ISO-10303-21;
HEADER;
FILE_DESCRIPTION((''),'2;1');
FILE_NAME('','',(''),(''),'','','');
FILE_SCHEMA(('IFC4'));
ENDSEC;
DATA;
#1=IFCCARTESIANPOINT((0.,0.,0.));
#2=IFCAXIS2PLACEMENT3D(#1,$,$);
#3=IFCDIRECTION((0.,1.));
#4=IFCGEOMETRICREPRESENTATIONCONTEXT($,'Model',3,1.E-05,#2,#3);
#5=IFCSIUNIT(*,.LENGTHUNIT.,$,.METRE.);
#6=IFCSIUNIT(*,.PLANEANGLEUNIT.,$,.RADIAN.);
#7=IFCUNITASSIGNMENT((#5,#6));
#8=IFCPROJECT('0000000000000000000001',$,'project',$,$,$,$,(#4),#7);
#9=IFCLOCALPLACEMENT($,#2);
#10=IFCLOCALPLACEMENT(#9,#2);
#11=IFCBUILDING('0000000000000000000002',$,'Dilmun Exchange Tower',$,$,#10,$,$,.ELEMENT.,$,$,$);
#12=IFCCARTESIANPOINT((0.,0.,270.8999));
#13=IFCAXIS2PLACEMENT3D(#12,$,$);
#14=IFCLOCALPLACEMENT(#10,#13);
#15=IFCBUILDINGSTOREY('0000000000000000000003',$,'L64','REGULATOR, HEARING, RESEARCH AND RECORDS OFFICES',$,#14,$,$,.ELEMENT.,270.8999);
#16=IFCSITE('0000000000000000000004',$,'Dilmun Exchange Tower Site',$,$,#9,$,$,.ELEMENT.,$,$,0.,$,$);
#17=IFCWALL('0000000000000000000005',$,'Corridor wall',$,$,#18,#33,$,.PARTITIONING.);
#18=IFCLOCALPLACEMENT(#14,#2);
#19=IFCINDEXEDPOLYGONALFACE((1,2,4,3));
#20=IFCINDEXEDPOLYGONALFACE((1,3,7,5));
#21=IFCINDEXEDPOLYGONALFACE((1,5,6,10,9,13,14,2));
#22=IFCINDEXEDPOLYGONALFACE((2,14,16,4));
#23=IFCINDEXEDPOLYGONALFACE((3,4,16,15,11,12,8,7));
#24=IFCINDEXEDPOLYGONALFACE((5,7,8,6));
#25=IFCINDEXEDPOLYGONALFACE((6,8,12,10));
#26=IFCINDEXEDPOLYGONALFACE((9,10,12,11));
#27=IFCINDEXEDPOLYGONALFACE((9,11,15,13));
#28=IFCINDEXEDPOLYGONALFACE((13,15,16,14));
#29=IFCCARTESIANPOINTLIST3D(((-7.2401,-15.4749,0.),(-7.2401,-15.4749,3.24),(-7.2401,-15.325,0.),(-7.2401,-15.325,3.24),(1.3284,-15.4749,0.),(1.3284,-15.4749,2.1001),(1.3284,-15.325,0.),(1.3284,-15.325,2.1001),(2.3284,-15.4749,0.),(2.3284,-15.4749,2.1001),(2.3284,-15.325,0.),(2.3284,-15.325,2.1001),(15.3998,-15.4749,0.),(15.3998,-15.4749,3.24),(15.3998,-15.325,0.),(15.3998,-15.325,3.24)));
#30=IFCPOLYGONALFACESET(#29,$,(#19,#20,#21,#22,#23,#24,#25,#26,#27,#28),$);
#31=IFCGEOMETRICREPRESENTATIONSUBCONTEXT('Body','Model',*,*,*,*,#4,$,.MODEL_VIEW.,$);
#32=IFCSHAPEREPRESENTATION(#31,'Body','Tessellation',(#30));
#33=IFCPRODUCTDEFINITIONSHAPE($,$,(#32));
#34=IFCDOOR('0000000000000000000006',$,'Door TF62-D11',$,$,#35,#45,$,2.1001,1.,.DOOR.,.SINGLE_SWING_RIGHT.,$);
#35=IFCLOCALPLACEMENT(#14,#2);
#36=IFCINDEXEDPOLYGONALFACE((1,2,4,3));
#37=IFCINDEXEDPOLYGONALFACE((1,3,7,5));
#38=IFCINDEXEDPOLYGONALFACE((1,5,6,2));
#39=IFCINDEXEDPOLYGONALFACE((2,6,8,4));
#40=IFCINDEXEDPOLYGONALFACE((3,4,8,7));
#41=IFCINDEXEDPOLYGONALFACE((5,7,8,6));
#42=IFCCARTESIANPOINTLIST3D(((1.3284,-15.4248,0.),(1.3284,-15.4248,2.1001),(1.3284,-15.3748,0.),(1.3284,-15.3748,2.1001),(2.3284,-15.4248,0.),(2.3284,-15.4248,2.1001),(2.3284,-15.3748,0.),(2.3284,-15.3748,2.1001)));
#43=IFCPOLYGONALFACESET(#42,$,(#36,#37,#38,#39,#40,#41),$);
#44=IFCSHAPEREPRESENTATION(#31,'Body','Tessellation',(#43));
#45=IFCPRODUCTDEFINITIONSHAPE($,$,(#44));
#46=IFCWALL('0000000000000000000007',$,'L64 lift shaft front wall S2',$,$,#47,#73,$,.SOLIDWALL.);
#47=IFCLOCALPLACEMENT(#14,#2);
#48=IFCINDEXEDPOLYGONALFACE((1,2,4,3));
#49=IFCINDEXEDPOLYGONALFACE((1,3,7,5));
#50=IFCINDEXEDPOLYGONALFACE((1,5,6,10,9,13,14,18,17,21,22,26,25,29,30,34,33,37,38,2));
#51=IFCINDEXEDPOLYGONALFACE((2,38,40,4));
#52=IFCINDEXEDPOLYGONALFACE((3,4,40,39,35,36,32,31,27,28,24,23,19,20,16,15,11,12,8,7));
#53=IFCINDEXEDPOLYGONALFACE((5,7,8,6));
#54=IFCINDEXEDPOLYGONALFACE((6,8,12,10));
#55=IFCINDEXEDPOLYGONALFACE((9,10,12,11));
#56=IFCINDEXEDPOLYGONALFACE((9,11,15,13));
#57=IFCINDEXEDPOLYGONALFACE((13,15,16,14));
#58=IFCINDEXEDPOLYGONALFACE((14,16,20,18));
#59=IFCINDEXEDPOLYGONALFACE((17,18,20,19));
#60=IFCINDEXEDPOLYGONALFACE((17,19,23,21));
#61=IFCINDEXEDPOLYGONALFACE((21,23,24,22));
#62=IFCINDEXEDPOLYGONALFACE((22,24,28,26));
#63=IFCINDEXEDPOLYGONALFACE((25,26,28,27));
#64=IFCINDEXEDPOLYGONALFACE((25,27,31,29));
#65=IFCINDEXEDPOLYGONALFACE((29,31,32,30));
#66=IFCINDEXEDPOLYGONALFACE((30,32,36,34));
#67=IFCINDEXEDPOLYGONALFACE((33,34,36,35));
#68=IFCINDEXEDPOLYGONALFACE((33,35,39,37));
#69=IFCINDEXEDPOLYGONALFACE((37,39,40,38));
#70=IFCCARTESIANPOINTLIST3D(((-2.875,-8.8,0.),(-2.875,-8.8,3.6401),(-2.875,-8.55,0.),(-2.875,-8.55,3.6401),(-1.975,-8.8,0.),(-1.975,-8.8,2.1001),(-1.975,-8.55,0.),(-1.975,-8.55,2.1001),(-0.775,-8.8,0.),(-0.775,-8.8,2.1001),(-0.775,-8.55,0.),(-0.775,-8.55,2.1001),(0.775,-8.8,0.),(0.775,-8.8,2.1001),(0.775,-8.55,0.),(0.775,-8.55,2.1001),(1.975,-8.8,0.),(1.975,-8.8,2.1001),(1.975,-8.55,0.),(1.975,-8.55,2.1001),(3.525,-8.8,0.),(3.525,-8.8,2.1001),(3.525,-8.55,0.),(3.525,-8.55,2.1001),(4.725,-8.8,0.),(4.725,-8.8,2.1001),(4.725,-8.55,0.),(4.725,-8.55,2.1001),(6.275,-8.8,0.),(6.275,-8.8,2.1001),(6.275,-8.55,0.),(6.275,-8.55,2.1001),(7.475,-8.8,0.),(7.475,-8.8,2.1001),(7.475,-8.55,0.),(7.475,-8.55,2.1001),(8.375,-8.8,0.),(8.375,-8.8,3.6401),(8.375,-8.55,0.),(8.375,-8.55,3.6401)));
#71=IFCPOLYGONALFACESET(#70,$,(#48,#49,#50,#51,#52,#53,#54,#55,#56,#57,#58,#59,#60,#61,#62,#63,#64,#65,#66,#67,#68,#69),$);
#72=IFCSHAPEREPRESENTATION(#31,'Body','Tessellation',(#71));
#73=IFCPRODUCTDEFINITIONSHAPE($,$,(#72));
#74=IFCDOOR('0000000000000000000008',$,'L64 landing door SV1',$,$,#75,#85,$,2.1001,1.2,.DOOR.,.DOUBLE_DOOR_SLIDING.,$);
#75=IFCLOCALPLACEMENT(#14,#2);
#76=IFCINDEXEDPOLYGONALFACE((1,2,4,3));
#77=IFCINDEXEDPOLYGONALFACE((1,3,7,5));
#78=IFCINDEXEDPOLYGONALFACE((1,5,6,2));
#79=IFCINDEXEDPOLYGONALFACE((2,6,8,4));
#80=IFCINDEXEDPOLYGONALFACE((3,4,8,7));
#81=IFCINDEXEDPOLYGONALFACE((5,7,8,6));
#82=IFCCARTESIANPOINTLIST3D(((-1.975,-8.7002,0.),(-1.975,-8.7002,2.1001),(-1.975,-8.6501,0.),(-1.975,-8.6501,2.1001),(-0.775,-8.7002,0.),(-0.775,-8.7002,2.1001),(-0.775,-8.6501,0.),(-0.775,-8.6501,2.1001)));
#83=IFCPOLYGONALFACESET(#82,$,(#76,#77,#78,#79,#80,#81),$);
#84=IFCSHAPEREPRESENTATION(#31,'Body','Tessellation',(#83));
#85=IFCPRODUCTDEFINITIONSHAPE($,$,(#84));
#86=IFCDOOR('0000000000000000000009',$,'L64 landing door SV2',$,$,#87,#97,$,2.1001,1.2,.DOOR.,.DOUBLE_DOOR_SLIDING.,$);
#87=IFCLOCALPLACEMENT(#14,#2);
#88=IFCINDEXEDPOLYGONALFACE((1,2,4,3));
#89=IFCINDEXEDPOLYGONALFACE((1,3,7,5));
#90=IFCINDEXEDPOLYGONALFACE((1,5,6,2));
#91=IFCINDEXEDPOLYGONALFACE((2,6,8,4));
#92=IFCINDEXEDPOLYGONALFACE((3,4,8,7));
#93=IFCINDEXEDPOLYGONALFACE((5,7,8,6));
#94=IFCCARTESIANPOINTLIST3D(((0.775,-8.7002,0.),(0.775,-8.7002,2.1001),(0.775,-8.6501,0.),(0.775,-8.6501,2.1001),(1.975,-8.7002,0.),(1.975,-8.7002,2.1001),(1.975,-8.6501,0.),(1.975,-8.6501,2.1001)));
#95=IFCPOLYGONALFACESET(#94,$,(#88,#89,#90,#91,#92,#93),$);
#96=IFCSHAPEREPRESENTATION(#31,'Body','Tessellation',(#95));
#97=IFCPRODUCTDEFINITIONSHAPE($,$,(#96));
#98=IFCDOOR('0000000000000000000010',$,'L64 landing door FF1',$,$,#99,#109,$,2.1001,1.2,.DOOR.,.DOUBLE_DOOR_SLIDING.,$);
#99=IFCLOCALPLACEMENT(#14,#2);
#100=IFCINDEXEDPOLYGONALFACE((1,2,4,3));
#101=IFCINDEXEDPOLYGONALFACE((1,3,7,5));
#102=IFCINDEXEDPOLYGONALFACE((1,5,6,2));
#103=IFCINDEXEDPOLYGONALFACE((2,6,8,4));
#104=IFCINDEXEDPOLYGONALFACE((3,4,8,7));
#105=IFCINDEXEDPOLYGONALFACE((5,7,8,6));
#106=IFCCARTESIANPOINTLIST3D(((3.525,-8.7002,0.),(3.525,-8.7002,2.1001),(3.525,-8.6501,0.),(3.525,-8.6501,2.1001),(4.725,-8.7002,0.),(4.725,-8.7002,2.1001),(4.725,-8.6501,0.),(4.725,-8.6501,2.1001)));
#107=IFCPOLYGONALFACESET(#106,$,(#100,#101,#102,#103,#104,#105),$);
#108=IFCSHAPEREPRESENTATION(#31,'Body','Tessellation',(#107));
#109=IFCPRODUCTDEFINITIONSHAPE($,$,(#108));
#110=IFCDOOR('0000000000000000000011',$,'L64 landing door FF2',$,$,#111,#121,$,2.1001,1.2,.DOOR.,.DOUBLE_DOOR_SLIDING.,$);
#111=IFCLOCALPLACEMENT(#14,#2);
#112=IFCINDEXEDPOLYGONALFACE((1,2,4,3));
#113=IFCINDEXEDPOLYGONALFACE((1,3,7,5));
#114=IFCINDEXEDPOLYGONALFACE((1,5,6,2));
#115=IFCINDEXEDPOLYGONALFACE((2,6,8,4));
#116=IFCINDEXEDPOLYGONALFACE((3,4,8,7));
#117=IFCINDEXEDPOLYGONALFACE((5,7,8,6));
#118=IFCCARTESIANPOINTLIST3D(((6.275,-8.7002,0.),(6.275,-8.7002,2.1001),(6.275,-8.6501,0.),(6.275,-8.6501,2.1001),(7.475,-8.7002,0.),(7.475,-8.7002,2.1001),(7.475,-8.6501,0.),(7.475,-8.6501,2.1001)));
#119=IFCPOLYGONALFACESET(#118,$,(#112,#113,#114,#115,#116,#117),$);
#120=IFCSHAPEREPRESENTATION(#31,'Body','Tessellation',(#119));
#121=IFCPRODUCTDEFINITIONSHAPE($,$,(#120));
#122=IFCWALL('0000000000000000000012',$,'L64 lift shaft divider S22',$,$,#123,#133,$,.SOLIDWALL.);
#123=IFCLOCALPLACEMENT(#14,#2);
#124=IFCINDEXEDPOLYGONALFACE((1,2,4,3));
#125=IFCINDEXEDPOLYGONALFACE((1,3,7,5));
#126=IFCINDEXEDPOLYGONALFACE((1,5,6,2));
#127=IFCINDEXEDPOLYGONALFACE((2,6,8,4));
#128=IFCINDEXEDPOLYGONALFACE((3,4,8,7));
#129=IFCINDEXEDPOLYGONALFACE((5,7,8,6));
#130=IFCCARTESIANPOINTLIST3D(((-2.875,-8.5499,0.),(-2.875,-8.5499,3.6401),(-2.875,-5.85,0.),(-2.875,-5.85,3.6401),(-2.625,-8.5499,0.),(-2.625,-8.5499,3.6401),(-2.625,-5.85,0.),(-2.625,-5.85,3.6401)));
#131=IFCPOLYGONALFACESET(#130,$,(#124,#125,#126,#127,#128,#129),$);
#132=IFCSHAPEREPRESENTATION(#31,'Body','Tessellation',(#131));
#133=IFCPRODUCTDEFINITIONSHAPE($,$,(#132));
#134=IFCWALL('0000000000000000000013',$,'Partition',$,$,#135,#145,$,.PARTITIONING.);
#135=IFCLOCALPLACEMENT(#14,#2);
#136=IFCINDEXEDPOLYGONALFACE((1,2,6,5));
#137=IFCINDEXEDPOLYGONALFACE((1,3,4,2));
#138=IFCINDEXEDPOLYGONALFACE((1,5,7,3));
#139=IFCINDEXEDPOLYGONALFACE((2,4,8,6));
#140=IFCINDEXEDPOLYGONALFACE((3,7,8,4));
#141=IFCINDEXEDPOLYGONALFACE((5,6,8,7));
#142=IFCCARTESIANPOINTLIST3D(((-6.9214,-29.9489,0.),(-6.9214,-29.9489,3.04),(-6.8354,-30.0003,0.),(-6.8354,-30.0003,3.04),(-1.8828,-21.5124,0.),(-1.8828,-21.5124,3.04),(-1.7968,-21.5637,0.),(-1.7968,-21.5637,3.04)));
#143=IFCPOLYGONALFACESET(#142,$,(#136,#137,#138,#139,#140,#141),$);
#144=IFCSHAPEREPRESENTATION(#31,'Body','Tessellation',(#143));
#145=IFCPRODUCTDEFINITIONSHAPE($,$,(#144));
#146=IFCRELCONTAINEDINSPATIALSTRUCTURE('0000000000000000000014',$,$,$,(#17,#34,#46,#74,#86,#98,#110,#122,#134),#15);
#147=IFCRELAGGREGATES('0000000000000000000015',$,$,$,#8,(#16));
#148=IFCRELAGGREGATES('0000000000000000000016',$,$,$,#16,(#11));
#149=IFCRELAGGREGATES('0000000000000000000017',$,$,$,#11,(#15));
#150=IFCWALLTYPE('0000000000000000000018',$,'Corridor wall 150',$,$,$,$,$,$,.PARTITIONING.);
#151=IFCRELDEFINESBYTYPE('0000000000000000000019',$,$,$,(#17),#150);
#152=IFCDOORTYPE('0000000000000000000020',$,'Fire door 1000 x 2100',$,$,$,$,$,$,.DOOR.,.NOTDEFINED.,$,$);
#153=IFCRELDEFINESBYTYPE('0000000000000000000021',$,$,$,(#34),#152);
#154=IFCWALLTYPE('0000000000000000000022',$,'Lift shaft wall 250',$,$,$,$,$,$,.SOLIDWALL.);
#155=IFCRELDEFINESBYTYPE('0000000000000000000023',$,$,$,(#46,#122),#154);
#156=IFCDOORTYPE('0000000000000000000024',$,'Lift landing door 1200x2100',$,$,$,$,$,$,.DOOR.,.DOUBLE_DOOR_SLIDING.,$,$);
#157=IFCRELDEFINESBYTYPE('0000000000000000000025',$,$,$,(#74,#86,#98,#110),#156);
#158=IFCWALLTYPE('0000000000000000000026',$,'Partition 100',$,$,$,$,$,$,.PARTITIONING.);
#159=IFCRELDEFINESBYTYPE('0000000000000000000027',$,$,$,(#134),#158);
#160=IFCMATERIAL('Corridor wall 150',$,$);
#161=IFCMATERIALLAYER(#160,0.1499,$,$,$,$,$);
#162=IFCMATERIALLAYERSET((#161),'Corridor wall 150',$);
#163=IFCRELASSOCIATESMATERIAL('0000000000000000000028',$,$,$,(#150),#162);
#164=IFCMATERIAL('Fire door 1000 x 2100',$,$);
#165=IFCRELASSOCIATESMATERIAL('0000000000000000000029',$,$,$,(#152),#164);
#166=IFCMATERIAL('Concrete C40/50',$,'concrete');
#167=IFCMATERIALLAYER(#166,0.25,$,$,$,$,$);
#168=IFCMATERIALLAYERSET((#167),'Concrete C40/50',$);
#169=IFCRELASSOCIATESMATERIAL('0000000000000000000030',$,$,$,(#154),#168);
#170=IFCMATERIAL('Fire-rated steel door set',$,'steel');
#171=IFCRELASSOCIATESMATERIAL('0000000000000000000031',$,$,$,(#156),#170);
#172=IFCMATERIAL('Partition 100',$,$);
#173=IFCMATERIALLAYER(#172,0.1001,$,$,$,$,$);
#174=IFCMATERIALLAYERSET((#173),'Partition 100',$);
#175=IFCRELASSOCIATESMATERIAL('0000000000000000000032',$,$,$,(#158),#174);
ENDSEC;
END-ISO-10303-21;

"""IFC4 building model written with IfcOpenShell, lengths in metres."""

from ifc_helpers import new_model, si_unit, direction, frame, frame_2d, origin, place, context, subcontext, project, spatial, rectangle, extrude, material, layer, layer_set, type_object, element, fill, save


model = new_model("IFC4")

# Units and contexts
model_context = context("Model", 3, precision=1e-05, world=origin(), true_north=direction((0.0, 1.0)))
body_context = subcontext(model_context, "Body", "Model", "MODEL_VIEW")
ifc_project = project(units=[si_unit("LENGTHUNIT", "METRE"), si_unit("PLANEANGLEUNIT", "RADIAN")], contexts=[model_context])

# Site, building, storey
site_placement = place(None, origin())
site = spatial("IfcSite", under=ifc_project, at=site_placement, Name="Dilmun Exchange Tower Site", CompositionType="ELEMENT", RefElevation=0.0)
building_placement = place(site_placement, origin())
building = spatial("IfcBuilding", under=site, at=building_placement, Name="Dilmun Exchange Tower", CompositionType="ELEMENT")
storey_placement = place(building_placement, frame((0.0, 0.0, 270.8999)))
storey = spatial("IfcBuildingStorey", under=building, at=storey_placement, Name="L64", Description="REGULATOR, HEARING, RESEARCH AND RECORDS OFFICES", CompositionType="ELEMENT", Elevation=270.8999)

# Shared definitions
ifc_material_1 = material(Name="Concrete C40/50", Category="concrete")

# Shared definitions
ifc_material_2 = material(Name="Fire-rated steel door set", Category="steel")
ifc_material_3 = material(Name="Corridor wall 150")
ifc_layer_1 = layer(ifc_material_3, 0.1499)
ifc_layer_set_1 = layer_set([ifc_layer_1], Name="Corridor wall 150")
wall_type_1 = type_object("IfcWallType", Name="Corridor wall 150", PredefinedType="PARTITIONING", material=ifc_layer_set_1)
ifc_material_4 = material(Name="Fire door 1000 x 2100")
door_type_1 = type_object("IfcDoorType", Name="Fire door 1000 x 2100", OperationType="NOTDEFINED", PredefinedType="DOOR", material=ifc_material_4)

# Wall, opening, door
wall_1_placement = place(storey_placement, frame((-7.24, -15.3999, 0.0), z_axis=(0.0, 0.0, 1.0), x_axis=(1.0, 0.0, 0.0)))
wall_1 = element("IfcWall", 1, at=wall_1_placement, inside=storey, type_object=wall_type_1, Name="Corridor wall", PredefinedType="PARTITIONING", context=body_context, shape_type="SweptSolid", body=[
    extrude(rectangle(XDim=22.6399, YDim=0.1499, at=frame_2d((11.3198, 0.0))), origin(), (0.0, 0.0, 1.0), 3.24),
])
opening_1_placement = place(wall_1_placement, frame((8.5684, 0.0, 0.0)))
opening_1 = element("IfcOpeningElement", 2, at=opening_1_placement, cuts=wall_1, PredefinedType="OPENING", context=body_context, shape_type="SweptSolid", body=[
    extrude(rectangle(XDim=1.0, YDim=2.1001, at=frame_2d((0.5, 1.05))), frame((0.0, 0.085, 0.0), z_axis=(0.0, -1.0, 0.0), x_axis=(1.0, 0.0, 0.0)), (0.0, 0.0, 1.0), 0.1699),
])
door_1_placement = place(opening_1_placement, frame((1.0, 0.0, 0.0), z_axis=(0.0, 0.0, 1.0), x_axis=(-1.0, 0.0, 0.0)))
door_1 = element("IfcDoor", 3, at=door_1_placement, inside=storey, type_object=door_type_1, Name="Door TF62-D11", OperationType="SINGLE_SWING_RIGHT", OverallHeight=2.1001, OverallWidth=1.0, PredefinedType="DOOR", context=body_context, shape_type="SweptSolid", body=[
    extrude(rectangle(XDim=1.0, YDim=2.1001, at=frame_2d((0.5, 1.05))), frame((0.0, 0.0249, 0.0), z_axis=(0.0, -1.0, 0.0), x_axis=(1.0, 0.0, 0.0)), (0.0, 0.0, 1.0), 0.05),
])
fill(opening_1, door_1)

# Wall, openings, doors
ifc_layer_2 = layer(ifc_material_1, 0.25)
ifc_layer_set_2 = layer_set([ifc_layer_2], Name="Concrete C40/50")
wall_type_2 = type_object("IfcWallType", Name="Lift shaft wall 250", PredefinedType="SOLIDWALL", material=ifc_layer_set_2)
wall_2_placement = place(storey_placement, frame((-2.875, -8.675, 0.0), z_axis=(0.0, 0.0, 1.0), x_axis=(1.0, 0.0, 0.0)))
wall_2 = element("IfcWall", 4, at=wall_2_placement, inside=storey, type_object=wall_type_2, Name="L64 lift shaft front wall S2", PredefinedType="SOLIDWALL", context=body_context, shape_type="SweptSolid", body=[
    extrude(rectangle(XDim=11.25, YDim=0.25, at=frame_2d((5.625, 0.0))), origin(), (0.0, 0.0, 1.0), 3.6401),
])
opening_2_placement = place(wall_2_placement, frame((0.8999, 0.0, 0.0)))
opening_2 = element("IfcOpeningElement", 5, at=opening_2_placement, cuts=wall_2, PredefinedType="OPENING", context=body_context, shape_type="SweptSolid", body=[
    extrude(rectangle(XDim=1.2, YDim=2.1001, at=frame_2d((0.6001, 1.05))), frame((0.0, 0.135, 0.0), z_axis=(0.0, -1.0, 0.0), x_axis=(1.0, 0.0, 0.0)), (0.0, 0.0, 1.0), 0.27),
])
opening_3_placement = place(wall_2_placement, frame((3.6499, 0.0, 0.0)))
opening_3 = element("IfcOpeningElement", 6, at=opening_3_placement, cuts=wall_2, PredefinedType="OPENING", context=body_context, shape_type="SweptSolid", body=[
    extrude(rectangle(XDim=1.2, YDim=2.1001, at=frame_2d((0.6001, 1.05))), frame((0.0, 0.135, 0.0), z_axis=(0.0, -1.0, 0.0), x_axis=(1.0, 0.0, 0.0)), (0.0, 0.0, 1.0), 0.27),
])
opening_4_placement = place(wall_2_placement, frame((6.3999, 0.0, 0.0)))
opening_4 = element("IfcOpeningElement", 7, at=opening_4_placement, cuts=wall_2, PredefinedType="OPENING", context=body_context, shape_type="SweptSolid", body=[
    extrude(rectangle(XDim=1.2, YDim=2.1001, at=frame_2d((0.6001, 1.05))), frame((0.0, 0.135, 0.0), z_axis=(0.0, -1.0, 0.0), x_axis=(1.0, 0.0, 0.0)), (0.0, 0.0, 1.0), 0.27),
])
opening_5_placement = place(wall_2_placement, frame((9.1499, 0.0, 0.0)))
opening_5 = element("IfcOpeningElement", 8, at=opening_5_placement, cuts=wall_2, PredefinedType="OPENING", context=body_context, shape_type="SweptSolid", body=[
    extrude(rectangle(XDim=1.2, YDim=2.1001, at=frame_2d((0.6001, 1.05))), frame((0.0, 0.135, 0.0), z_axis=(0.0, -1.0, 0.0), x_axis=(1.0, 0.0, 0.0)), (0.0, 0.0, 1.0), 0.27),
])
door_type_2 = type_object("IfcDoorType", Name="Lift landing door 1200x2100", OperationType="DOUBLE_DOOR_SLIDING", PredefinedType="DOOR", material=ifc_material_2)
door_2_placement = place(opening_2_placement, origin())
door_2 = element("IfcDoor", 9, at=door_2_placement, inside=storey, type_object=door_type_2, Name="L64 landing door SV1", OperationType="DOUBLE_DOOR_SLIDING", OverallHeight=2.1001, OverallWidth=1.2, PredefinedType="DOOR", context=body_context, shape_type="SweptSolid", body=[
    extrude(rectangle(XDim=1.2, YDim=2.1001, at=frame_2d((0.6001, 1.05))), frame((0.0, 0.0249, 0.0), z_axis=(0.0, -1.0, 0.0), x_axis=(1.0, 0.0, 0.0)), (0.0, 0.0, 1.0), 0.05),
])
fill(opening_2, door_2)
door_3_placement = place(opening_3_placement, origin())
door_3 = element("IfcDoor", 10, at=door_3_placement, inside=storey, type_object=door_type_2, Name="L64 landing door SV2", OperationType="DOUBLE_DOOR_SLIDING", OverallHeight=2.1001, OverallWidth=1.2, PredefinedType="DOOR", context=body_context, shape_type="SweptSolid", body=[
    extrude(rectangle(XDim=1.2, YDim=2.1001, at=frame_2d((0.6001, 1.05))), frame((0.0, 0.0249, 0.0), z_axis=(0.0, -1.0, 0.0), x_axis=(1.0, 0.0, 0.0)), (0.0, 0.0, 1.0), 0.05),
])
fill(opening_3, door_3)
door_4_placement = place(opening_4_placement, origin())
door_4 = element("IfcDoor", 11, at=door_4_placement, inside=storey, type_object=door_type_2, Name="L64 landing door FF1", OperationType="DOUBLE_DOOR_SLIDING", OverallHeight=2.1001, OverallWidth=1.2, PredefinedType="DOOR", context=body_context, shape_type="SweptSolid", body=[
    extrude(rectangle(XDim=1.2, YDim=2.1001, at=frame_2d((0.6001, 1.05))), frame((0.0, 0.0249, 0.0), z_axis=(0.0, -1.0, 0.0), x_axis=(1.0, 0.0, 0.0)), (0.0, 0.0, 1.0), 0.05),
])
fill(opening_4, door_4)
door_5_placement = place(opening_5_placement, origin())
door_5 = element("IfcDoor", 12, at=door_5_placement, inside=storey, type_object=door_type_2, Name="L64 landing door FF2", OperationType="DOUBLE_DOOR_SLIDING", OverallHeight=2.1001, OverallWidth=1.2, PredefinedType="DOOR", context=body_context, shape_type="SweptSolid", body=[
    extrude(rectangle(XDim=1.2, YDim=2.1001, at=frame_2d((0.6001, 1.05))), frame((0.0, 0.0249, 0.0), z_axis=(0.0, -1.0, 0.0), x_axis=(1.0, 0.0, 0.0)), (0.0, 0.0, 1.0), 0.05),
])
fill(opening_5, door_5)

# Walls
wall_3_placement = place(storey_placement, frame((-2.75, -8.55, 0.0), z_axis=(0.0, 0.0, 1.0), x_axis=(0.0, 1.0, 0.0)))
element("IfcWall", 13, at=wall_3_placement, inside=storey, type_object=wall_type_2, Name="L64 lift shaft divider S22", PredefinedType="SOLIDWALL", context=body_context, shape_type="SweptSolid", body=[
    extrude(rectangle(XDim=2.7, YDim=0.25, at=frame_2d((1.3501, 0.0))), origin(), (0.0, 0.0, 1.0), 3.6401),
])
ifc_material_5 = material(Name="Partition 100")
ifc_layer_3 = layer(ifc_material_5, 0.1001)
ifc_layer_set_3 = layer_set([ifc_layer_3], Name="Partition 100")
wall_type_3 = type_object("IfcWallType", Name="Partition 100", PredefinedType="PARTITIONING", material=ifc_layer_set_3)
wall_4_placement = place(storey_placement, frame((-6.8784, -29.9746, 0.0), z_axis=(0.0, 0.0, 1.0), x_axis=(0.512748, 0.858539, 0.0)))
element("IfcWall", 14, at=wall_4_placement, inside=storey, type_object=wall_type_3, Name="Partition", PredefinedType="PARTITIONING", context=body_context, shape_type="SweptSolid", body=[
    extrude(rectangle(XDim=9.8267, YDim=0.1001, at=frame_2d((4.9133, 0.0))), origin(), (0.0, 0.0, 1.0), 3.04),
])

save(model, "model.ifc")
